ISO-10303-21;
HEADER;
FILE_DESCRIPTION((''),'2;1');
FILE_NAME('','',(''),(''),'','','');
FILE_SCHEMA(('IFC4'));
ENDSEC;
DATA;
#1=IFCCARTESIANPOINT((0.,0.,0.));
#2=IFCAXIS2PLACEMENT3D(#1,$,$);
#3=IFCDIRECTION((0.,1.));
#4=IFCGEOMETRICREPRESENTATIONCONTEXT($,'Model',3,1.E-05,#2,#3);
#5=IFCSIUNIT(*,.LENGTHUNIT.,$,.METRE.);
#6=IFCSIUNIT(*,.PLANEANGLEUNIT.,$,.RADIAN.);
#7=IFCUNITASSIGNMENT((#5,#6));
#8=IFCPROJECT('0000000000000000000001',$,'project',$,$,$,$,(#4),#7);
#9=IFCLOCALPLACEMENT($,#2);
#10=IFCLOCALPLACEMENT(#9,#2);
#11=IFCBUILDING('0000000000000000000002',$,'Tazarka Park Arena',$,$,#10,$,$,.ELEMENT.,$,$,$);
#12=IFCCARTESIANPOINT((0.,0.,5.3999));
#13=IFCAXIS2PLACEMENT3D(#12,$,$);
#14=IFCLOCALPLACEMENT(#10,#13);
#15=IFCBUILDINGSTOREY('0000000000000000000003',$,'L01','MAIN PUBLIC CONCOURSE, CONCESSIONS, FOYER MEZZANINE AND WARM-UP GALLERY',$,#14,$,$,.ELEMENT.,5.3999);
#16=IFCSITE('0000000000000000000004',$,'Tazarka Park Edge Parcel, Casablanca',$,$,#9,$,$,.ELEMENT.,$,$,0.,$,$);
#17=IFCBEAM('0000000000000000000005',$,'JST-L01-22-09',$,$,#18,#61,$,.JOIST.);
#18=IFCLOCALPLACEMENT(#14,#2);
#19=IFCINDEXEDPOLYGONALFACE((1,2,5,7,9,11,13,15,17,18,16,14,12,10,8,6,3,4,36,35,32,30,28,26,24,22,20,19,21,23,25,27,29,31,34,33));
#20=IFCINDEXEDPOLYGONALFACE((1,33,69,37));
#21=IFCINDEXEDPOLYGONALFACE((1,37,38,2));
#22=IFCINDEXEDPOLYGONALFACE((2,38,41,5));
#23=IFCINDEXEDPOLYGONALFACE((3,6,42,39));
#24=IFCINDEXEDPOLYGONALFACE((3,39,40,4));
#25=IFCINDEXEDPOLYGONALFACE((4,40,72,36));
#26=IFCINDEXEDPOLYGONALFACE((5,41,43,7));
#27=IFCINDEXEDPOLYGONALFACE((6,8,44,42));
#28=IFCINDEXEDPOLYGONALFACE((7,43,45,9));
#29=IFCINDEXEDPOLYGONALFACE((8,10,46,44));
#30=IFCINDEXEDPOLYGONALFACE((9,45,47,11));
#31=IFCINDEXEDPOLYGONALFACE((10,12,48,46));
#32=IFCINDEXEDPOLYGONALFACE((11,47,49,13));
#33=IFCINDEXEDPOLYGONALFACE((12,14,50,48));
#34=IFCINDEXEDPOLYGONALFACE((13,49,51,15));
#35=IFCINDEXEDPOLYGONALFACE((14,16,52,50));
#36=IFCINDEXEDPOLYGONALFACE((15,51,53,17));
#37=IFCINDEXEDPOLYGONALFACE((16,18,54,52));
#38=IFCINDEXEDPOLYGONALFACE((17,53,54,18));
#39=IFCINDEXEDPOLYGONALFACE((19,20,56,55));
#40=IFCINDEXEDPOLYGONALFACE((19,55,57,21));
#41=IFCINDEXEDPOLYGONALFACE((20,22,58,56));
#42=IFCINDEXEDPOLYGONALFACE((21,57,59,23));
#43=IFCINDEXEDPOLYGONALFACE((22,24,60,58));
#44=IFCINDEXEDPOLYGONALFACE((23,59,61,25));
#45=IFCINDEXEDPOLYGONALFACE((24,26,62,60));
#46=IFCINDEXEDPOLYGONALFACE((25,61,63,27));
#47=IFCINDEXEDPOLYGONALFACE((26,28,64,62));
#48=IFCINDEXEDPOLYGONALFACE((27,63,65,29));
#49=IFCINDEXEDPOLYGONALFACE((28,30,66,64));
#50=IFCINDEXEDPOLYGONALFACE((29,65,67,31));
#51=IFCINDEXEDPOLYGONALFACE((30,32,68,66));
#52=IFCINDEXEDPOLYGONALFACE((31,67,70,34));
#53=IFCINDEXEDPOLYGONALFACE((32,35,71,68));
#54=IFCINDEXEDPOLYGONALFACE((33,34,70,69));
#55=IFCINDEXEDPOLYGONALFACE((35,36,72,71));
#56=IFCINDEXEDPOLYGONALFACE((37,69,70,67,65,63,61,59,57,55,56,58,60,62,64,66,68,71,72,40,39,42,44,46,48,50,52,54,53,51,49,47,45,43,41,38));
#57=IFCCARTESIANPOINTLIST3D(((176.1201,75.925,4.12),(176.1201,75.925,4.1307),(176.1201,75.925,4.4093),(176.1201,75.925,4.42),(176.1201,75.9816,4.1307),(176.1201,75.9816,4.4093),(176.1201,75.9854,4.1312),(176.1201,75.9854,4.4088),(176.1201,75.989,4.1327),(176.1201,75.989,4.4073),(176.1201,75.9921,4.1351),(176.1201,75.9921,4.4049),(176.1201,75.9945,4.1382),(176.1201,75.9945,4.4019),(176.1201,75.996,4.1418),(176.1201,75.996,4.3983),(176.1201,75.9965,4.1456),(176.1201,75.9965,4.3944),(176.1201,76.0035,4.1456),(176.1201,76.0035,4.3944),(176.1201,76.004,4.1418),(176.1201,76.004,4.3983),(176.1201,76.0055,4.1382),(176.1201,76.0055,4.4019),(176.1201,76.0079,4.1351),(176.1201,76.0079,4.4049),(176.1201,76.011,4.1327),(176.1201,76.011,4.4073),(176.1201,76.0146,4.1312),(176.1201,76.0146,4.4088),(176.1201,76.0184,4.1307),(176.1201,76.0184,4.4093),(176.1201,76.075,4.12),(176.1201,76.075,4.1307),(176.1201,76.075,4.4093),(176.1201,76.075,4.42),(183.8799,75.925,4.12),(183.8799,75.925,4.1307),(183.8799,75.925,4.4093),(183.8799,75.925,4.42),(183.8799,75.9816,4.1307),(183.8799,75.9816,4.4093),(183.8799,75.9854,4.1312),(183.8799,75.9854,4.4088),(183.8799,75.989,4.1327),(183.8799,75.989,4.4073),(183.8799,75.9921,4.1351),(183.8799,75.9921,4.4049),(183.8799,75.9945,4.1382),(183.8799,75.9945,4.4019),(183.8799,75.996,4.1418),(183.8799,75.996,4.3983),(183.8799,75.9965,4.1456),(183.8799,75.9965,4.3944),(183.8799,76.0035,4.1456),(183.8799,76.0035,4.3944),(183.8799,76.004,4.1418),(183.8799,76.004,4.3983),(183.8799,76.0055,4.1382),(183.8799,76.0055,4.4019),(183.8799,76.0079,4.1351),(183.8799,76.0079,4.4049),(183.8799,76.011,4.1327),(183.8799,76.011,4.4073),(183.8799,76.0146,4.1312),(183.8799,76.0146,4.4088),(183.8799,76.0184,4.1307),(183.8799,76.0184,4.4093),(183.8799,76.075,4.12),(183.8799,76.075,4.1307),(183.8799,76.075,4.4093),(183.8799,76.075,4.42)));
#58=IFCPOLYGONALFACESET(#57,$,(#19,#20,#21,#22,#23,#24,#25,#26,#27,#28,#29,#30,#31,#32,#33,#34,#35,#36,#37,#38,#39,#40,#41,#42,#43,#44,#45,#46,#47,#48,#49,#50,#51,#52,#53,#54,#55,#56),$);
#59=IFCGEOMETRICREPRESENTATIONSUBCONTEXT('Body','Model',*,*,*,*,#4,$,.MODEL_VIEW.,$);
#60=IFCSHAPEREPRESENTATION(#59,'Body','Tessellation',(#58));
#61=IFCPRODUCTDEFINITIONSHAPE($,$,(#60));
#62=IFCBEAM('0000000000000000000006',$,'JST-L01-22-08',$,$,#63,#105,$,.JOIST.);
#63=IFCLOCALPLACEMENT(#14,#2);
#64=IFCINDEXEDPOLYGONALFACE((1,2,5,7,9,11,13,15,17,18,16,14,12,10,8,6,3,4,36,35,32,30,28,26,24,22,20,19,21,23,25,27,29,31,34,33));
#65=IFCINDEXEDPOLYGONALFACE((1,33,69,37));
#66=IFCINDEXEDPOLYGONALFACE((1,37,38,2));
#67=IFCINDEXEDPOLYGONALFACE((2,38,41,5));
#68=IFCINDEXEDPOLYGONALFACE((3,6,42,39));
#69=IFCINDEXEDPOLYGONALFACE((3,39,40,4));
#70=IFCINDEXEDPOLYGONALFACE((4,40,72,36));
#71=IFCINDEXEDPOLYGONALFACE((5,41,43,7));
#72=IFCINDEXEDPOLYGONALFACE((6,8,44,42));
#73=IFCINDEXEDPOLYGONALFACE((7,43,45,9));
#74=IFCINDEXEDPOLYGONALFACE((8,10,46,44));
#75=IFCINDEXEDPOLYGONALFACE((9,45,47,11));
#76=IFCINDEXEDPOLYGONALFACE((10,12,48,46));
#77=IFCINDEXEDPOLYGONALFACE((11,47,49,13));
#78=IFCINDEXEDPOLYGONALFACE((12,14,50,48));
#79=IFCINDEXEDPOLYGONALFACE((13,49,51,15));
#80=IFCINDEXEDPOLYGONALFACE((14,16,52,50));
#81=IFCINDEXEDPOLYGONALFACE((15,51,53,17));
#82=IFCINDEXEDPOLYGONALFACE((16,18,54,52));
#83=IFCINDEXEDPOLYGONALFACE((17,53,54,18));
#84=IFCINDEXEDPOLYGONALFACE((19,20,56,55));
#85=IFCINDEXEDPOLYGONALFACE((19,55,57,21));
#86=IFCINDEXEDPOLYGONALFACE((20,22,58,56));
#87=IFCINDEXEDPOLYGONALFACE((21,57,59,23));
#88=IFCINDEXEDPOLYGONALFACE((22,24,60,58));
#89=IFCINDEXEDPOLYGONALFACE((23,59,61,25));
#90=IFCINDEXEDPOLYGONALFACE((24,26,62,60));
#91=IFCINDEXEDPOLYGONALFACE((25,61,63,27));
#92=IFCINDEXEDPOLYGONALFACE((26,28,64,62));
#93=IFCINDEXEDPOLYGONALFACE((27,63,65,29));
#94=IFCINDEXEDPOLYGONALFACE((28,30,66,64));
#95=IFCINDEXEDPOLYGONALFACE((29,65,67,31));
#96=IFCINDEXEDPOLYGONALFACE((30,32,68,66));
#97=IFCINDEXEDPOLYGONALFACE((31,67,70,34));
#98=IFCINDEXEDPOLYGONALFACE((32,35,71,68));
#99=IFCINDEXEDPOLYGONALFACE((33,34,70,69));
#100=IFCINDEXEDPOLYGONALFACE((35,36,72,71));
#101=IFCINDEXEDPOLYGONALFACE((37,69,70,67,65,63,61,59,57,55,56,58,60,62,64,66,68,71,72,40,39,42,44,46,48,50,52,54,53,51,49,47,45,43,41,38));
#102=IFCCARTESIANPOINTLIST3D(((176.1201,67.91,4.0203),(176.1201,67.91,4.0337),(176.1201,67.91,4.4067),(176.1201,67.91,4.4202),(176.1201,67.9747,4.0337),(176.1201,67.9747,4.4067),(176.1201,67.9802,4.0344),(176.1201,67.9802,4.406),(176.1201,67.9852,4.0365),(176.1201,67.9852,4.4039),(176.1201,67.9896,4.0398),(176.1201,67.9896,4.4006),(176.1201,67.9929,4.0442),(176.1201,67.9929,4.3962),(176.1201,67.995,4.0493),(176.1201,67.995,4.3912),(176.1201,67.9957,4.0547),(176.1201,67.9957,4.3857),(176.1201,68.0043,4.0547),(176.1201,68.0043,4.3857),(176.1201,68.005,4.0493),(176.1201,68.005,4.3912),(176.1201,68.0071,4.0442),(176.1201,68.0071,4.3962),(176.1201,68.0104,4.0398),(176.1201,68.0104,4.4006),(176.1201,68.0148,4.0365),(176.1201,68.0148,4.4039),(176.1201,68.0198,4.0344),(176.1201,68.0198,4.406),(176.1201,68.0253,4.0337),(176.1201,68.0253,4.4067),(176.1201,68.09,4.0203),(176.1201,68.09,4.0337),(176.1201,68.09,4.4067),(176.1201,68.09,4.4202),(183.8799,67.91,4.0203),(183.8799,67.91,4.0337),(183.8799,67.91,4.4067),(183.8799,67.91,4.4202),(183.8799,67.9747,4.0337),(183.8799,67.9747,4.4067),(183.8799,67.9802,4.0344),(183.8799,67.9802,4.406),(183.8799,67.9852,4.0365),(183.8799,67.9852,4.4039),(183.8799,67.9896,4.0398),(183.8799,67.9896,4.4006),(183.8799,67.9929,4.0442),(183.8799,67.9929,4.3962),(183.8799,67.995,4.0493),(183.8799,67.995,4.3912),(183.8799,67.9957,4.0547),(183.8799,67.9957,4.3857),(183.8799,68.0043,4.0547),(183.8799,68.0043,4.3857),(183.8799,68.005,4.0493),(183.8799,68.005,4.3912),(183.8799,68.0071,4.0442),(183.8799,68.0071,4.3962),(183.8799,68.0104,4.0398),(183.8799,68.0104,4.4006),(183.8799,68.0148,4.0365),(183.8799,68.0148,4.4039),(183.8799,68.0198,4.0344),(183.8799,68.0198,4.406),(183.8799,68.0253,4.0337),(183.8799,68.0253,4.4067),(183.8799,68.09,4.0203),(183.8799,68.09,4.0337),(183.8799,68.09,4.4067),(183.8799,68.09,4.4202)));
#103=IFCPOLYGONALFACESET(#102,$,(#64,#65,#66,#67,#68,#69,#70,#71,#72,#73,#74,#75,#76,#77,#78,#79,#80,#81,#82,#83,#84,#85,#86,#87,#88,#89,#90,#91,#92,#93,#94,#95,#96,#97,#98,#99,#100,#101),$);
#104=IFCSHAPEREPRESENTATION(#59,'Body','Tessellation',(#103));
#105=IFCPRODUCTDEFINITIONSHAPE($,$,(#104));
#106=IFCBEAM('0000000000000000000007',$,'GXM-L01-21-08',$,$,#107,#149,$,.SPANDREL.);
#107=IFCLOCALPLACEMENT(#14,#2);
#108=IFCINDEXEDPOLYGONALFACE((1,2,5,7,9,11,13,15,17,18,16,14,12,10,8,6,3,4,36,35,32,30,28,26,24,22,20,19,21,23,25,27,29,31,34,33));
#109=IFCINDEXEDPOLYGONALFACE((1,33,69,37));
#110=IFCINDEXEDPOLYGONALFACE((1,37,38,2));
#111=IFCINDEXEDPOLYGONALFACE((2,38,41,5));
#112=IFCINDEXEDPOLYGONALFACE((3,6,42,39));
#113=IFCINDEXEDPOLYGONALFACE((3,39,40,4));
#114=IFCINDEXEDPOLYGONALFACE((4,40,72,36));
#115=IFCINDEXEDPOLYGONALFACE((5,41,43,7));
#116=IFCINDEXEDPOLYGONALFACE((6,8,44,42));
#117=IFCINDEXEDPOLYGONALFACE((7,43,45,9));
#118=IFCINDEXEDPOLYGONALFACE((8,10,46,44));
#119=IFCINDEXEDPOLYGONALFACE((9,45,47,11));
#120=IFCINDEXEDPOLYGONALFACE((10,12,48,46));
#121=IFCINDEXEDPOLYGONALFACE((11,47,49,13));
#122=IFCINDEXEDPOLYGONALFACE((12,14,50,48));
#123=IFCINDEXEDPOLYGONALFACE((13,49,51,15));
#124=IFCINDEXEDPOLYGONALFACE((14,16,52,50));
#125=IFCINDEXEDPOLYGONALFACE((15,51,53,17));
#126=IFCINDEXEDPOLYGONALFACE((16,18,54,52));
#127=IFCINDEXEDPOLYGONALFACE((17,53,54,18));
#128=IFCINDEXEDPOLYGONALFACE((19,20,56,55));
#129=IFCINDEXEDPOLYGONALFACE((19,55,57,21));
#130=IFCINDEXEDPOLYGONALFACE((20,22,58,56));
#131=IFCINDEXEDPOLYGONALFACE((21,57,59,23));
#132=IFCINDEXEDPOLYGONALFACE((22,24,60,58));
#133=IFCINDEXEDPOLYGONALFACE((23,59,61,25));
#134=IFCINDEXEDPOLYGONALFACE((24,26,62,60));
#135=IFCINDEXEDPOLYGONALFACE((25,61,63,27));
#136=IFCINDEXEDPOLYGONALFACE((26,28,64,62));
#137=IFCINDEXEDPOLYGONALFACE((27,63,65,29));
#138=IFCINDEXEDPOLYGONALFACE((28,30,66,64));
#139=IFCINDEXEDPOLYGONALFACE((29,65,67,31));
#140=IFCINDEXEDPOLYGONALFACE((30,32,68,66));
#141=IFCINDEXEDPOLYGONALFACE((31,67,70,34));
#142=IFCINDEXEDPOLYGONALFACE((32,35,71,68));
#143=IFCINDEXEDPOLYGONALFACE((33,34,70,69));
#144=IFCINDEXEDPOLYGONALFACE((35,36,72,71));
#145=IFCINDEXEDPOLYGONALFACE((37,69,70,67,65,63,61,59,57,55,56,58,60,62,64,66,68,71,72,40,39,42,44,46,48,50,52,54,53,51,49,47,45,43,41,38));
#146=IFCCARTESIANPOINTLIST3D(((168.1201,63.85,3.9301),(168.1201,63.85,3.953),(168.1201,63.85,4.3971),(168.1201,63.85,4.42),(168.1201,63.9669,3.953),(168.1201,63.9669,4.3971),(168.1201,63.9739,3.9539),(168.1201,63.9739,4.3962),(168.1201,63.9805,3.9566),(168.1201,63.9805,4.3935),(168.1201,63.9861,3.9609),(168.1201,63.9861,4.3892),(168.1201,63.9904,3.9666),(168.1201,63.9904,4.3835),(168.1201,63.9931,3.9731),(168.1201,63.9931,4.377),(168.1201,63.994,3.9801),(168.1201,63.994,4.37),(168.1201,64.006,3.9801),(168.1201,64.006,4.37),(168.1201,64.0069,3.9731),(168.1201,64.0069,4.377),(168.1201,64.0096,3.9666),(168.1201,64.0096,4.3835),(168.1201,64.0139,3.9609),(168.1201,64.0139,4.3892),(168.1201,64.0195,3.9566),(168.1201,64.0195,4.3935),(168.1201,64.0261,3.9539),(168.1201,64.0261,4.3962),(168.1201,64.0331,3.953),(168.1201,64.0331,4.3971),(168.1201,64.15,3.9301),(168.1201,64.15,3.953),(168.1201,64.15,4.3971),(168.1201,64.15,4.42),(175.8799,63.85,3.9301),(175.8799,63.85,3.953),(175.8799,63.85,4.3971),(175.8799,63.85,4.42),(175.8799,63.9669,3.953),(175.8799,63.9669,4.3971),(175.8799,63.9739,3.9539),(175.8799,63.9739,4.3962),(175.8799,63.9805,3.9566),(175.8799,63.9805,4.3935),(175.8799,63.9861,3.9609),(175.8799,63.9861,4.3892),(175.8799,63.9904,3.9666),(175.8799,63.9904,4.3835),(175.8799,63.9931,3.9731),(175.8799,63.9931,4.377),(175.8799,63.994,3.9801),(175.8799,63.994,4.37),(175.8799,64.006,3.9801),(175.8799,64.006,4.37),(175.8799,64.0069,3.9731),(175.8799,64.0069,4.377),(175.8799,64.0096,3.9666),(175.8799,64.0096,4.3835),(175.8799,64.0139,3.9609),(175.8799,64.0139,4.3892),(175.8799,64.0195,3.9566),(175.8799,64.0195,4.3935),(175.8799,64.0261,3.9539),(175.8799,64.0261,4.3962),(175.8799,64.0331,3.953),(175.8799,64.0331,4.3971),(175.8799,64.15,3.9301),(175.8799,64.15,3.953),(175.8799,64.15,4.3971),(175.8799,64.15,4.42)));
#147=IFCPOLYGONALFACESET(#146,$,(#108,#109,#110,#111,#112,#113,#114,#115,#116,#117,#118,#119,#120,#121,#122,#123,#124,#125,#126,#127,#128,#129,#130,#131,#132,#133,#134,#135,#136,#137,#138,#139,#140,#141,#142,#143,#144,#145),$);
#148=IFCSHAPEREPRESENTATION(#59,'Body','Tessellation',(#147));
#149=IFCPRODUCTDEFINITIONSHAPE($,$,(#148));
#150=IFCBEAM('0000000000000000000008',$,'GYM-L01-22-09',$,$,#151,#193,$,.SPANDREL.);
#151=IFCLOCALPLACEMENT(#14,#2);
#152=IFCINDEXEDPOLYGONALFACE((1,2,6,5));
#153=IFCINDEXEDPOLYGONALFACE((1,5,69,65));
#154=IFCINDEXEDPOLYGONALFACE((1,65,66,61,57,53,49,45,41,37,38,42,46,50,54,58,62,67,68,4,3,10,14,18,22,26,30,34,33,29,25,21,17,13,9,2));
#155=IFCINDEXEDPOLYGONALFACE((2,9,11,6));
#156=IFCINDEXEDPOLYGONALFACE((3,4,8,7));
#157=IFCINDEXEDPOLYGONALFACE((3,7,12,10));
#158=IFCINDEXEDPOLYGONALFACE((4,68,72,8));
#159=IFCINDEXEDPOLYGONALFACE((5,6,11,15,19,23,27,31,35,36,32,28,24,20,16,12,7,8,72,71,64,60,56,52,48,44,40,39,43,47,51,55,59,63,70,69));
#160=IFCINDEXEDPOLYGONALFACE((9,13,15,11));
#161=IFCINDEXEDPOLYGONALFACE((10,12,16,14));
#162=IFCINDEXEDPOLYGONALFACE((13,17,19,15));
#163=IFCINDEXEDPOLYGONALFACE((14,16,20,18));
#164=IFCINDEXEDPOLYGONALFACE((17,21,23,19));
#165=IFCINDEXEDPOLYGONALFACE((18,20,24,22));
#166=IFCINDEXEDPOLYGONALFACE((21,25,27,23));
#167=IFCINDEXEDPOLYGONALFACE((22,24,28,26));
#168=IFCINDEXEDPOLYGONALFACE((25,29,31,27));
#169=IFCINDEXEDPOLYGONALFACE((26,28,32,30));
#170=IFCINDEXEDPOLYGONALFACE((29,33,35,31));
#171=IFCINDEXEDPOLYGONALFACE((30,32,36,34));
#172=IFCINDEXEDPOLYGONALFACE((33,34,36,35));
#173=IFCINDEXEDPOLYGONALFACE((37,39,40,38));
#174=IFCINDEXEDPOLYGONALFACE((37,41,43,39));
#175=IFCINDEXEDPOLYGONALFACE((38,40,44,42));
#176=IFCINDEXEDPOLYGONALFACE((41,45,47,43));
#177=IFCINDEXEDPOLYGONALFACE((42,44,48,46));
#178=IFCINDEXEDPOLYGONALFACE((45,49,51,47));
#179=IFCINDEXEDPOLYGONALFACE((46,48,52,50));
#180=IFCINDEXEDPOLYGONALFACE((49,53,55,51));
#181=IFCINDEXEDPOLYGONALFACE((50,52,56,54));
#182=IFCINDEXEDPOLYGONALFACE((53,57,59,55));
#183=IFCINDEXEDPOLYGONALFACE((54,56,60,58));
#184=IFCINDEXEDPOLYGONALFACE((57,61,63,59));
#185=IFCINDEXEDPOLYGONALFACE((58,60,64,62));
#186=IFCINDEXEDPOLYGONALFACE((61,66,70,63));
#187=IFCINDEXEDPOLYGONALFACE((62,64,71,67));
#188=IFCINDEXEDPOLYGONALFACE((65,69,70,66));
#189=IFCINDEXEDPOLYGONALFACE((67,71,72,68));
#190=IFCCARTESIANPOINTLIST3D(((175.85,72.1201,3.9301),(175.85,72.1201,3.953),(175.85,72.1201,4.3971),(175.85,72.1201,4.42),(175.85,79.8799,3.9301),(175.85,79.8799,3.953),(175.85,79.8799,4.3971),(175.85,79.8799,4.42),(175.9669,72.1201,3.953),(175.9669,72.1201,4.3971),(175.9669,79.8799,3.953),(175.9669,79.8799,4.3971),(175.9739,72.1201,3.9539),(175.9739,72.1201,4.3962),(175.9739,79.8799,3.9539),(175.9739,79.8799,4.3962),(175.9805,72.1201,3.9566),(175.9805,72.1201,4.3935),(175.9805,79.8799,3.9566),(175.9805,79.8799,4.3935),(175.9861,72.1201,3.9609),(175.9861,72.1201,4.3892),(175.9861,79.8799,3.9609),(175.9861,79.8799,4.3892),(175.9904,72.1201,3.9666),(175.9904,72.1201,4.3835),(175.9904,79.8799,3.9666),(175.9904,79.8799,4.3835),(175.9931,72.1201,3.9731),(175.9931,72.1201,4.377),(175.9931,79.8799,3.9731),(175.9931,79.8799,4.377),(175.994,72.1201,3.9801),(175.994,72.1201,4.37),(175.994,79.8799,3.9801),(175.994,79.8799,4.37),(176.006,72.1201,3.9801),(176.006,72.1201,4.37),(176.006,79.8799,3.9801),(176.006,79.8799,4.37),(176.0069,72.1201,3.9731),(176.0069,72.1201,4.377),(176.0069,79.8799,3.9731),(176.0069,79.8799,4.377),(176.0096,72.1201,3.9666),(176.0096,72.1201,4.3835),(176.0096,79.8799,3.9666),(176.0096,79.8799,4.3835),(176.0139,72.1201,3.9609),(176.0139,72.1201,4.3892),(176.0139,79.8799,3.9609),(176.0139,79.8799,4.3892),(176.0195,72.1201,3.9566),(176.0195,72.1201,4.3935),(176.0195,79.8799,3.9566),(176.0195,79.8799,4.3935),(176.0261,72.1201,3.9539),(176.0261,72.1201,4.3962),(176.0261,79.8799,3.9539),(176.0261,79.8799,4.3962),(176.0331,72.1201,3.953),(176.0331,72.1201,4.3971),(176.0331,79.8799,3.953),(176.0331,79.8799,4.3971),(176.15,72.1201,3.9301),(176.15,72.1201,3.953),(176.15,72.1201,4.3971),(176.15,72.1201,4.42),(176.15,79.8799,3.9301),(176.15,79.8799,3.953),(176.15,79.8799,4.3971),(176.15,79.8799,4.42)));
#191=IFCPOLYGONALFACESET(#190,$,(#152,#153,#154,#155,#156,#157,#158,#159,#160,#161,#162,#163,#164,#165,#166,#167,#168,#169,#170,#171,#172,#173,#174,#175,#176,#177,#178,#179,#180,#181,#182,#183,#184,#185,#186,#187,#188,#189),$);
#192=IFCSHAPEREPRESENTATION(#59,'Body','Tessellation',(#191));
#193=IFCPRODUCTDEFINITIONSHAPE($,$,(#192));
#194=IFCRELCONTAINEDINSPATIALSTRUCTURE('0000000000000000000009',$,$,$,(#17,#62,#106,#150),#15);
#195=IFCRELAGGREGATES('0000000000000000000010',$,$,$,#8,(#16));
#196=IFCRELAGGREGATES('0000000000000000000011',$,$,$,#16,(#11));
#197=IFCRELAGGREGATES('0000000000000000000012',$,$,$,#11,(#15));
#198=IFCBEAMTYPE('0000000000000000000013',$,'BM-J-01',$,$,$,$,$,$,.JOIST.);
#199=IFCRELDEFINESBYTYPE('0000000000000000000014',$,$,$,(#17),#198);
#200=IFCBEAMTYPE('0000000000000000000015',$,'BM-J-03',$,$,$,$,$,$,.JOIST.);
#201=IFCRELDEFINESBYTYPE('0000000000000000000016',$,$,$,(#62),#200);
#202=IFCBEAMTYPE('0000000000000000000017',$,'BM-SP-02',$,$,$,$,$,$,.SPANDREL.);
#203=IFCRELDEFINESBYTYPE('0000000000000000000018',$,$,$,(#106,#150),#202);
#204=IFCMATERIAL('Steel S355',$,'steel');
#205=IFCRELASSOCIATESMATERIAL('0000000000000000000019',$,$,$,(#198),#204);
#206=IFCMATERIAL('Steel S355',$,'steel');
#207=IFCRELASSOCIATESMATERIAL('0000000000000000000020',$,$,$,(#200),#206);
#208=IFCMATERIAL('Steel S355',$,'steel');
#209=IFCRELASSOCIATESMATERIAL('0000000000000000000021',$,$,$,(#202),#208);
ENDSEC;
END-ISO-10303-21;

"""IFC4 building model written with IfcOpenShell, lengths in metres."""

from ifc_helpers import new_model, si_unit, direction, frame, origin, origin_2d, place, context, subcontext, project, spatial, i_section, extrude, material, material_profile, profile_set, type_object, element, save


model = new_model("IFC4")

# Units and contexts
model_context = context("Model", 3, precision=1e-05, world=origin(), true_north=direction((0.0, 1.0)))
body_context = subcontext(model_context, "Body", "Model", "MODEL_VIEW")
ifc_project = project(units=[si_unit("LENGTHUNIT", "METRE"), si_unit("PLANEANGLEUNIT", "RADIAN")], contexts=[model_context])

# Site, building, storey
site_placement = place(None, origin())
site = spatial("IfcSite", under=ifc_project, at=site_placement, Name="Tazarka Park Edge Parcel, Casablanca", CompositionType="ELEMENT", RefElevation=0.0)
building_placement = place(site_placement, origin())
building = spatial("IfcBuilding", under=site, at=building_placement, Name="Tazarka Park Arena", CompositionType="ELEMENT")
storey_placement = place(building_placement, frame((0.0, 0.0, 5.3999)))
storey = spatial("IfcBuildingStorey", under=building, at=storey_placement, Name="L01", Description="MAIN PUBLIC CONCOURSE, CONCESSIONS, FOYER MEZZANINE AND WARM-UP GALLERY", CompositionType="ELEMENT", Elevation=5.3999)

# Beams
ifc_material_1 = material(Name="Steel S355", Category="steel")
ifc_material_profile_1 = material_profile(ifc_material_1, i_section(OverallWidth=0.1499, OverallDepth=0.3, WebThickness=0.0071, FlangeThickness=0.0107, FilletRadius=0.0149, at=origin_2d()), Name="Steel S355")
ifc_profile_set_1 = profile_set([ifc_material_profile_1], Name="Steel S355")
beam_type_1 = type_object("IfcBeamType", Name="BM-J-01", PredefinedType="JOIST", material=ifc_profile_set_1)
beam_1_placement = place(storey_placement, frame((176.1201, 76.0, 4.27), z_axis=(1.0, 0.0, 0.0), x_axis=(0.0, 1.0, 0.0)))
element("IfcBeam", 1, at=beam_1_placement, inside=storey, type_object=beam_type_1, Name="JST-L01-22-09", PredefinedType="JOIST", context=body_context, shape_type="SweptSolid", body=[
    extrude(i_section(OverallWidth=0.1499, OverallDepth=0.3, WebThickness=0.0071, FlangeThickness=0.0107, FilletRadius=0.0149, at=origin_2d()), origin(), (0.0, 0.0, 1.0), 7.7598),
])
ifc_material_2 = material(Name="Steel S355", Category="steel")
ifc_material_profile_2 = material_profile(ifc_material_2, i_section(OverallWidth=0.1799, OverallDepth=0.3999, WebThickness=0.0085, FlangeThickness=0.0134, FilletRadius=0.021, at=origin_2d()), Name="Steel S355")
ifc_profile_set_2 = profile_set([ifc_material_profile_2], Name="Steel S355")
beam_type_2 = type_object("IfcBeamType", Name="BM-J-03", PredefinedType="JOIST", material=ifc_profile_set_2)
beam_2_placement = place(storey_placement, frame((176.1201, 68.0, 4.2202), z_axis=(1.0, 0.0, 0.0), x_axis=(0.0, 1.0, 0.0)))
element("IfcBeam", 2, at=beam_2_placement, inside=storey, type_object=beam_type_2, Name="JST-L01-22-08", PredefinedType="JOIST", context=body_context, shape_type="SweptSolid", body=[
    extrude(i_section(OverallWidth=0.1799, OverallDepth=0.3999, WebThickness=0.0085, FlangeThickness=0.0134, FilletRadius=0.021, at=origin_2d()), origin(), (0.0, 0.0, 1.0), 7.7598),
])
ifc_material_3 = material(Name="Steel S355", Category="steel")
ifc_material_profile_3 = material_profile(ifc_material_3, i_section(OverallWidth=0.3, OverallDepth=0.49, WebThickness=0.012, FlangeThickness=0.0229, FilletRadius=0.0271, at=origin_2d()), Name="Steel S355")
ifc_profile_set_3 = profile_set([ifc_material_profile_3], Name="Steel S355")
beam_type_3 = type_object("IfcBeamType", Name="BM-SP-02", PredefinedType="SPANDREL", material=ifc_profile_set_3)
for number, where, z_axis, x_axis, name in (
    (3, (168.1201, 64.0, 4.175), (1.0, 0.0, 0.0), (0.0, 1.0, 0.0), "GXM-L01-21-08"),
    (4, (176.0, 72.1201, 4.175), (0.0, 1.0, 0.0), (-1.0, 0.0, 0.0), "GYM-L01-22-09"),
):
    element("IfcBeam", number, at=place(storey_placement, frame(where, z_axis=z_axis, x_axis=x_axis)), inside=storey, type_object=beam_type_3, Name=name, PredefinedType="SPANDREL", context=body_context, shape_type="SweptSolid", body=[
        extrude(i_section(OverallWidth=0.3, OverallDepth=0.49, WebThickness=0.012, FlangeThickness=0.0229, FilletRadius=0.0271, at=origin_2d()), origin(), (0.0, 0.0, 1.0), 7.7598),
    ])

save(model, "model.ifc")
